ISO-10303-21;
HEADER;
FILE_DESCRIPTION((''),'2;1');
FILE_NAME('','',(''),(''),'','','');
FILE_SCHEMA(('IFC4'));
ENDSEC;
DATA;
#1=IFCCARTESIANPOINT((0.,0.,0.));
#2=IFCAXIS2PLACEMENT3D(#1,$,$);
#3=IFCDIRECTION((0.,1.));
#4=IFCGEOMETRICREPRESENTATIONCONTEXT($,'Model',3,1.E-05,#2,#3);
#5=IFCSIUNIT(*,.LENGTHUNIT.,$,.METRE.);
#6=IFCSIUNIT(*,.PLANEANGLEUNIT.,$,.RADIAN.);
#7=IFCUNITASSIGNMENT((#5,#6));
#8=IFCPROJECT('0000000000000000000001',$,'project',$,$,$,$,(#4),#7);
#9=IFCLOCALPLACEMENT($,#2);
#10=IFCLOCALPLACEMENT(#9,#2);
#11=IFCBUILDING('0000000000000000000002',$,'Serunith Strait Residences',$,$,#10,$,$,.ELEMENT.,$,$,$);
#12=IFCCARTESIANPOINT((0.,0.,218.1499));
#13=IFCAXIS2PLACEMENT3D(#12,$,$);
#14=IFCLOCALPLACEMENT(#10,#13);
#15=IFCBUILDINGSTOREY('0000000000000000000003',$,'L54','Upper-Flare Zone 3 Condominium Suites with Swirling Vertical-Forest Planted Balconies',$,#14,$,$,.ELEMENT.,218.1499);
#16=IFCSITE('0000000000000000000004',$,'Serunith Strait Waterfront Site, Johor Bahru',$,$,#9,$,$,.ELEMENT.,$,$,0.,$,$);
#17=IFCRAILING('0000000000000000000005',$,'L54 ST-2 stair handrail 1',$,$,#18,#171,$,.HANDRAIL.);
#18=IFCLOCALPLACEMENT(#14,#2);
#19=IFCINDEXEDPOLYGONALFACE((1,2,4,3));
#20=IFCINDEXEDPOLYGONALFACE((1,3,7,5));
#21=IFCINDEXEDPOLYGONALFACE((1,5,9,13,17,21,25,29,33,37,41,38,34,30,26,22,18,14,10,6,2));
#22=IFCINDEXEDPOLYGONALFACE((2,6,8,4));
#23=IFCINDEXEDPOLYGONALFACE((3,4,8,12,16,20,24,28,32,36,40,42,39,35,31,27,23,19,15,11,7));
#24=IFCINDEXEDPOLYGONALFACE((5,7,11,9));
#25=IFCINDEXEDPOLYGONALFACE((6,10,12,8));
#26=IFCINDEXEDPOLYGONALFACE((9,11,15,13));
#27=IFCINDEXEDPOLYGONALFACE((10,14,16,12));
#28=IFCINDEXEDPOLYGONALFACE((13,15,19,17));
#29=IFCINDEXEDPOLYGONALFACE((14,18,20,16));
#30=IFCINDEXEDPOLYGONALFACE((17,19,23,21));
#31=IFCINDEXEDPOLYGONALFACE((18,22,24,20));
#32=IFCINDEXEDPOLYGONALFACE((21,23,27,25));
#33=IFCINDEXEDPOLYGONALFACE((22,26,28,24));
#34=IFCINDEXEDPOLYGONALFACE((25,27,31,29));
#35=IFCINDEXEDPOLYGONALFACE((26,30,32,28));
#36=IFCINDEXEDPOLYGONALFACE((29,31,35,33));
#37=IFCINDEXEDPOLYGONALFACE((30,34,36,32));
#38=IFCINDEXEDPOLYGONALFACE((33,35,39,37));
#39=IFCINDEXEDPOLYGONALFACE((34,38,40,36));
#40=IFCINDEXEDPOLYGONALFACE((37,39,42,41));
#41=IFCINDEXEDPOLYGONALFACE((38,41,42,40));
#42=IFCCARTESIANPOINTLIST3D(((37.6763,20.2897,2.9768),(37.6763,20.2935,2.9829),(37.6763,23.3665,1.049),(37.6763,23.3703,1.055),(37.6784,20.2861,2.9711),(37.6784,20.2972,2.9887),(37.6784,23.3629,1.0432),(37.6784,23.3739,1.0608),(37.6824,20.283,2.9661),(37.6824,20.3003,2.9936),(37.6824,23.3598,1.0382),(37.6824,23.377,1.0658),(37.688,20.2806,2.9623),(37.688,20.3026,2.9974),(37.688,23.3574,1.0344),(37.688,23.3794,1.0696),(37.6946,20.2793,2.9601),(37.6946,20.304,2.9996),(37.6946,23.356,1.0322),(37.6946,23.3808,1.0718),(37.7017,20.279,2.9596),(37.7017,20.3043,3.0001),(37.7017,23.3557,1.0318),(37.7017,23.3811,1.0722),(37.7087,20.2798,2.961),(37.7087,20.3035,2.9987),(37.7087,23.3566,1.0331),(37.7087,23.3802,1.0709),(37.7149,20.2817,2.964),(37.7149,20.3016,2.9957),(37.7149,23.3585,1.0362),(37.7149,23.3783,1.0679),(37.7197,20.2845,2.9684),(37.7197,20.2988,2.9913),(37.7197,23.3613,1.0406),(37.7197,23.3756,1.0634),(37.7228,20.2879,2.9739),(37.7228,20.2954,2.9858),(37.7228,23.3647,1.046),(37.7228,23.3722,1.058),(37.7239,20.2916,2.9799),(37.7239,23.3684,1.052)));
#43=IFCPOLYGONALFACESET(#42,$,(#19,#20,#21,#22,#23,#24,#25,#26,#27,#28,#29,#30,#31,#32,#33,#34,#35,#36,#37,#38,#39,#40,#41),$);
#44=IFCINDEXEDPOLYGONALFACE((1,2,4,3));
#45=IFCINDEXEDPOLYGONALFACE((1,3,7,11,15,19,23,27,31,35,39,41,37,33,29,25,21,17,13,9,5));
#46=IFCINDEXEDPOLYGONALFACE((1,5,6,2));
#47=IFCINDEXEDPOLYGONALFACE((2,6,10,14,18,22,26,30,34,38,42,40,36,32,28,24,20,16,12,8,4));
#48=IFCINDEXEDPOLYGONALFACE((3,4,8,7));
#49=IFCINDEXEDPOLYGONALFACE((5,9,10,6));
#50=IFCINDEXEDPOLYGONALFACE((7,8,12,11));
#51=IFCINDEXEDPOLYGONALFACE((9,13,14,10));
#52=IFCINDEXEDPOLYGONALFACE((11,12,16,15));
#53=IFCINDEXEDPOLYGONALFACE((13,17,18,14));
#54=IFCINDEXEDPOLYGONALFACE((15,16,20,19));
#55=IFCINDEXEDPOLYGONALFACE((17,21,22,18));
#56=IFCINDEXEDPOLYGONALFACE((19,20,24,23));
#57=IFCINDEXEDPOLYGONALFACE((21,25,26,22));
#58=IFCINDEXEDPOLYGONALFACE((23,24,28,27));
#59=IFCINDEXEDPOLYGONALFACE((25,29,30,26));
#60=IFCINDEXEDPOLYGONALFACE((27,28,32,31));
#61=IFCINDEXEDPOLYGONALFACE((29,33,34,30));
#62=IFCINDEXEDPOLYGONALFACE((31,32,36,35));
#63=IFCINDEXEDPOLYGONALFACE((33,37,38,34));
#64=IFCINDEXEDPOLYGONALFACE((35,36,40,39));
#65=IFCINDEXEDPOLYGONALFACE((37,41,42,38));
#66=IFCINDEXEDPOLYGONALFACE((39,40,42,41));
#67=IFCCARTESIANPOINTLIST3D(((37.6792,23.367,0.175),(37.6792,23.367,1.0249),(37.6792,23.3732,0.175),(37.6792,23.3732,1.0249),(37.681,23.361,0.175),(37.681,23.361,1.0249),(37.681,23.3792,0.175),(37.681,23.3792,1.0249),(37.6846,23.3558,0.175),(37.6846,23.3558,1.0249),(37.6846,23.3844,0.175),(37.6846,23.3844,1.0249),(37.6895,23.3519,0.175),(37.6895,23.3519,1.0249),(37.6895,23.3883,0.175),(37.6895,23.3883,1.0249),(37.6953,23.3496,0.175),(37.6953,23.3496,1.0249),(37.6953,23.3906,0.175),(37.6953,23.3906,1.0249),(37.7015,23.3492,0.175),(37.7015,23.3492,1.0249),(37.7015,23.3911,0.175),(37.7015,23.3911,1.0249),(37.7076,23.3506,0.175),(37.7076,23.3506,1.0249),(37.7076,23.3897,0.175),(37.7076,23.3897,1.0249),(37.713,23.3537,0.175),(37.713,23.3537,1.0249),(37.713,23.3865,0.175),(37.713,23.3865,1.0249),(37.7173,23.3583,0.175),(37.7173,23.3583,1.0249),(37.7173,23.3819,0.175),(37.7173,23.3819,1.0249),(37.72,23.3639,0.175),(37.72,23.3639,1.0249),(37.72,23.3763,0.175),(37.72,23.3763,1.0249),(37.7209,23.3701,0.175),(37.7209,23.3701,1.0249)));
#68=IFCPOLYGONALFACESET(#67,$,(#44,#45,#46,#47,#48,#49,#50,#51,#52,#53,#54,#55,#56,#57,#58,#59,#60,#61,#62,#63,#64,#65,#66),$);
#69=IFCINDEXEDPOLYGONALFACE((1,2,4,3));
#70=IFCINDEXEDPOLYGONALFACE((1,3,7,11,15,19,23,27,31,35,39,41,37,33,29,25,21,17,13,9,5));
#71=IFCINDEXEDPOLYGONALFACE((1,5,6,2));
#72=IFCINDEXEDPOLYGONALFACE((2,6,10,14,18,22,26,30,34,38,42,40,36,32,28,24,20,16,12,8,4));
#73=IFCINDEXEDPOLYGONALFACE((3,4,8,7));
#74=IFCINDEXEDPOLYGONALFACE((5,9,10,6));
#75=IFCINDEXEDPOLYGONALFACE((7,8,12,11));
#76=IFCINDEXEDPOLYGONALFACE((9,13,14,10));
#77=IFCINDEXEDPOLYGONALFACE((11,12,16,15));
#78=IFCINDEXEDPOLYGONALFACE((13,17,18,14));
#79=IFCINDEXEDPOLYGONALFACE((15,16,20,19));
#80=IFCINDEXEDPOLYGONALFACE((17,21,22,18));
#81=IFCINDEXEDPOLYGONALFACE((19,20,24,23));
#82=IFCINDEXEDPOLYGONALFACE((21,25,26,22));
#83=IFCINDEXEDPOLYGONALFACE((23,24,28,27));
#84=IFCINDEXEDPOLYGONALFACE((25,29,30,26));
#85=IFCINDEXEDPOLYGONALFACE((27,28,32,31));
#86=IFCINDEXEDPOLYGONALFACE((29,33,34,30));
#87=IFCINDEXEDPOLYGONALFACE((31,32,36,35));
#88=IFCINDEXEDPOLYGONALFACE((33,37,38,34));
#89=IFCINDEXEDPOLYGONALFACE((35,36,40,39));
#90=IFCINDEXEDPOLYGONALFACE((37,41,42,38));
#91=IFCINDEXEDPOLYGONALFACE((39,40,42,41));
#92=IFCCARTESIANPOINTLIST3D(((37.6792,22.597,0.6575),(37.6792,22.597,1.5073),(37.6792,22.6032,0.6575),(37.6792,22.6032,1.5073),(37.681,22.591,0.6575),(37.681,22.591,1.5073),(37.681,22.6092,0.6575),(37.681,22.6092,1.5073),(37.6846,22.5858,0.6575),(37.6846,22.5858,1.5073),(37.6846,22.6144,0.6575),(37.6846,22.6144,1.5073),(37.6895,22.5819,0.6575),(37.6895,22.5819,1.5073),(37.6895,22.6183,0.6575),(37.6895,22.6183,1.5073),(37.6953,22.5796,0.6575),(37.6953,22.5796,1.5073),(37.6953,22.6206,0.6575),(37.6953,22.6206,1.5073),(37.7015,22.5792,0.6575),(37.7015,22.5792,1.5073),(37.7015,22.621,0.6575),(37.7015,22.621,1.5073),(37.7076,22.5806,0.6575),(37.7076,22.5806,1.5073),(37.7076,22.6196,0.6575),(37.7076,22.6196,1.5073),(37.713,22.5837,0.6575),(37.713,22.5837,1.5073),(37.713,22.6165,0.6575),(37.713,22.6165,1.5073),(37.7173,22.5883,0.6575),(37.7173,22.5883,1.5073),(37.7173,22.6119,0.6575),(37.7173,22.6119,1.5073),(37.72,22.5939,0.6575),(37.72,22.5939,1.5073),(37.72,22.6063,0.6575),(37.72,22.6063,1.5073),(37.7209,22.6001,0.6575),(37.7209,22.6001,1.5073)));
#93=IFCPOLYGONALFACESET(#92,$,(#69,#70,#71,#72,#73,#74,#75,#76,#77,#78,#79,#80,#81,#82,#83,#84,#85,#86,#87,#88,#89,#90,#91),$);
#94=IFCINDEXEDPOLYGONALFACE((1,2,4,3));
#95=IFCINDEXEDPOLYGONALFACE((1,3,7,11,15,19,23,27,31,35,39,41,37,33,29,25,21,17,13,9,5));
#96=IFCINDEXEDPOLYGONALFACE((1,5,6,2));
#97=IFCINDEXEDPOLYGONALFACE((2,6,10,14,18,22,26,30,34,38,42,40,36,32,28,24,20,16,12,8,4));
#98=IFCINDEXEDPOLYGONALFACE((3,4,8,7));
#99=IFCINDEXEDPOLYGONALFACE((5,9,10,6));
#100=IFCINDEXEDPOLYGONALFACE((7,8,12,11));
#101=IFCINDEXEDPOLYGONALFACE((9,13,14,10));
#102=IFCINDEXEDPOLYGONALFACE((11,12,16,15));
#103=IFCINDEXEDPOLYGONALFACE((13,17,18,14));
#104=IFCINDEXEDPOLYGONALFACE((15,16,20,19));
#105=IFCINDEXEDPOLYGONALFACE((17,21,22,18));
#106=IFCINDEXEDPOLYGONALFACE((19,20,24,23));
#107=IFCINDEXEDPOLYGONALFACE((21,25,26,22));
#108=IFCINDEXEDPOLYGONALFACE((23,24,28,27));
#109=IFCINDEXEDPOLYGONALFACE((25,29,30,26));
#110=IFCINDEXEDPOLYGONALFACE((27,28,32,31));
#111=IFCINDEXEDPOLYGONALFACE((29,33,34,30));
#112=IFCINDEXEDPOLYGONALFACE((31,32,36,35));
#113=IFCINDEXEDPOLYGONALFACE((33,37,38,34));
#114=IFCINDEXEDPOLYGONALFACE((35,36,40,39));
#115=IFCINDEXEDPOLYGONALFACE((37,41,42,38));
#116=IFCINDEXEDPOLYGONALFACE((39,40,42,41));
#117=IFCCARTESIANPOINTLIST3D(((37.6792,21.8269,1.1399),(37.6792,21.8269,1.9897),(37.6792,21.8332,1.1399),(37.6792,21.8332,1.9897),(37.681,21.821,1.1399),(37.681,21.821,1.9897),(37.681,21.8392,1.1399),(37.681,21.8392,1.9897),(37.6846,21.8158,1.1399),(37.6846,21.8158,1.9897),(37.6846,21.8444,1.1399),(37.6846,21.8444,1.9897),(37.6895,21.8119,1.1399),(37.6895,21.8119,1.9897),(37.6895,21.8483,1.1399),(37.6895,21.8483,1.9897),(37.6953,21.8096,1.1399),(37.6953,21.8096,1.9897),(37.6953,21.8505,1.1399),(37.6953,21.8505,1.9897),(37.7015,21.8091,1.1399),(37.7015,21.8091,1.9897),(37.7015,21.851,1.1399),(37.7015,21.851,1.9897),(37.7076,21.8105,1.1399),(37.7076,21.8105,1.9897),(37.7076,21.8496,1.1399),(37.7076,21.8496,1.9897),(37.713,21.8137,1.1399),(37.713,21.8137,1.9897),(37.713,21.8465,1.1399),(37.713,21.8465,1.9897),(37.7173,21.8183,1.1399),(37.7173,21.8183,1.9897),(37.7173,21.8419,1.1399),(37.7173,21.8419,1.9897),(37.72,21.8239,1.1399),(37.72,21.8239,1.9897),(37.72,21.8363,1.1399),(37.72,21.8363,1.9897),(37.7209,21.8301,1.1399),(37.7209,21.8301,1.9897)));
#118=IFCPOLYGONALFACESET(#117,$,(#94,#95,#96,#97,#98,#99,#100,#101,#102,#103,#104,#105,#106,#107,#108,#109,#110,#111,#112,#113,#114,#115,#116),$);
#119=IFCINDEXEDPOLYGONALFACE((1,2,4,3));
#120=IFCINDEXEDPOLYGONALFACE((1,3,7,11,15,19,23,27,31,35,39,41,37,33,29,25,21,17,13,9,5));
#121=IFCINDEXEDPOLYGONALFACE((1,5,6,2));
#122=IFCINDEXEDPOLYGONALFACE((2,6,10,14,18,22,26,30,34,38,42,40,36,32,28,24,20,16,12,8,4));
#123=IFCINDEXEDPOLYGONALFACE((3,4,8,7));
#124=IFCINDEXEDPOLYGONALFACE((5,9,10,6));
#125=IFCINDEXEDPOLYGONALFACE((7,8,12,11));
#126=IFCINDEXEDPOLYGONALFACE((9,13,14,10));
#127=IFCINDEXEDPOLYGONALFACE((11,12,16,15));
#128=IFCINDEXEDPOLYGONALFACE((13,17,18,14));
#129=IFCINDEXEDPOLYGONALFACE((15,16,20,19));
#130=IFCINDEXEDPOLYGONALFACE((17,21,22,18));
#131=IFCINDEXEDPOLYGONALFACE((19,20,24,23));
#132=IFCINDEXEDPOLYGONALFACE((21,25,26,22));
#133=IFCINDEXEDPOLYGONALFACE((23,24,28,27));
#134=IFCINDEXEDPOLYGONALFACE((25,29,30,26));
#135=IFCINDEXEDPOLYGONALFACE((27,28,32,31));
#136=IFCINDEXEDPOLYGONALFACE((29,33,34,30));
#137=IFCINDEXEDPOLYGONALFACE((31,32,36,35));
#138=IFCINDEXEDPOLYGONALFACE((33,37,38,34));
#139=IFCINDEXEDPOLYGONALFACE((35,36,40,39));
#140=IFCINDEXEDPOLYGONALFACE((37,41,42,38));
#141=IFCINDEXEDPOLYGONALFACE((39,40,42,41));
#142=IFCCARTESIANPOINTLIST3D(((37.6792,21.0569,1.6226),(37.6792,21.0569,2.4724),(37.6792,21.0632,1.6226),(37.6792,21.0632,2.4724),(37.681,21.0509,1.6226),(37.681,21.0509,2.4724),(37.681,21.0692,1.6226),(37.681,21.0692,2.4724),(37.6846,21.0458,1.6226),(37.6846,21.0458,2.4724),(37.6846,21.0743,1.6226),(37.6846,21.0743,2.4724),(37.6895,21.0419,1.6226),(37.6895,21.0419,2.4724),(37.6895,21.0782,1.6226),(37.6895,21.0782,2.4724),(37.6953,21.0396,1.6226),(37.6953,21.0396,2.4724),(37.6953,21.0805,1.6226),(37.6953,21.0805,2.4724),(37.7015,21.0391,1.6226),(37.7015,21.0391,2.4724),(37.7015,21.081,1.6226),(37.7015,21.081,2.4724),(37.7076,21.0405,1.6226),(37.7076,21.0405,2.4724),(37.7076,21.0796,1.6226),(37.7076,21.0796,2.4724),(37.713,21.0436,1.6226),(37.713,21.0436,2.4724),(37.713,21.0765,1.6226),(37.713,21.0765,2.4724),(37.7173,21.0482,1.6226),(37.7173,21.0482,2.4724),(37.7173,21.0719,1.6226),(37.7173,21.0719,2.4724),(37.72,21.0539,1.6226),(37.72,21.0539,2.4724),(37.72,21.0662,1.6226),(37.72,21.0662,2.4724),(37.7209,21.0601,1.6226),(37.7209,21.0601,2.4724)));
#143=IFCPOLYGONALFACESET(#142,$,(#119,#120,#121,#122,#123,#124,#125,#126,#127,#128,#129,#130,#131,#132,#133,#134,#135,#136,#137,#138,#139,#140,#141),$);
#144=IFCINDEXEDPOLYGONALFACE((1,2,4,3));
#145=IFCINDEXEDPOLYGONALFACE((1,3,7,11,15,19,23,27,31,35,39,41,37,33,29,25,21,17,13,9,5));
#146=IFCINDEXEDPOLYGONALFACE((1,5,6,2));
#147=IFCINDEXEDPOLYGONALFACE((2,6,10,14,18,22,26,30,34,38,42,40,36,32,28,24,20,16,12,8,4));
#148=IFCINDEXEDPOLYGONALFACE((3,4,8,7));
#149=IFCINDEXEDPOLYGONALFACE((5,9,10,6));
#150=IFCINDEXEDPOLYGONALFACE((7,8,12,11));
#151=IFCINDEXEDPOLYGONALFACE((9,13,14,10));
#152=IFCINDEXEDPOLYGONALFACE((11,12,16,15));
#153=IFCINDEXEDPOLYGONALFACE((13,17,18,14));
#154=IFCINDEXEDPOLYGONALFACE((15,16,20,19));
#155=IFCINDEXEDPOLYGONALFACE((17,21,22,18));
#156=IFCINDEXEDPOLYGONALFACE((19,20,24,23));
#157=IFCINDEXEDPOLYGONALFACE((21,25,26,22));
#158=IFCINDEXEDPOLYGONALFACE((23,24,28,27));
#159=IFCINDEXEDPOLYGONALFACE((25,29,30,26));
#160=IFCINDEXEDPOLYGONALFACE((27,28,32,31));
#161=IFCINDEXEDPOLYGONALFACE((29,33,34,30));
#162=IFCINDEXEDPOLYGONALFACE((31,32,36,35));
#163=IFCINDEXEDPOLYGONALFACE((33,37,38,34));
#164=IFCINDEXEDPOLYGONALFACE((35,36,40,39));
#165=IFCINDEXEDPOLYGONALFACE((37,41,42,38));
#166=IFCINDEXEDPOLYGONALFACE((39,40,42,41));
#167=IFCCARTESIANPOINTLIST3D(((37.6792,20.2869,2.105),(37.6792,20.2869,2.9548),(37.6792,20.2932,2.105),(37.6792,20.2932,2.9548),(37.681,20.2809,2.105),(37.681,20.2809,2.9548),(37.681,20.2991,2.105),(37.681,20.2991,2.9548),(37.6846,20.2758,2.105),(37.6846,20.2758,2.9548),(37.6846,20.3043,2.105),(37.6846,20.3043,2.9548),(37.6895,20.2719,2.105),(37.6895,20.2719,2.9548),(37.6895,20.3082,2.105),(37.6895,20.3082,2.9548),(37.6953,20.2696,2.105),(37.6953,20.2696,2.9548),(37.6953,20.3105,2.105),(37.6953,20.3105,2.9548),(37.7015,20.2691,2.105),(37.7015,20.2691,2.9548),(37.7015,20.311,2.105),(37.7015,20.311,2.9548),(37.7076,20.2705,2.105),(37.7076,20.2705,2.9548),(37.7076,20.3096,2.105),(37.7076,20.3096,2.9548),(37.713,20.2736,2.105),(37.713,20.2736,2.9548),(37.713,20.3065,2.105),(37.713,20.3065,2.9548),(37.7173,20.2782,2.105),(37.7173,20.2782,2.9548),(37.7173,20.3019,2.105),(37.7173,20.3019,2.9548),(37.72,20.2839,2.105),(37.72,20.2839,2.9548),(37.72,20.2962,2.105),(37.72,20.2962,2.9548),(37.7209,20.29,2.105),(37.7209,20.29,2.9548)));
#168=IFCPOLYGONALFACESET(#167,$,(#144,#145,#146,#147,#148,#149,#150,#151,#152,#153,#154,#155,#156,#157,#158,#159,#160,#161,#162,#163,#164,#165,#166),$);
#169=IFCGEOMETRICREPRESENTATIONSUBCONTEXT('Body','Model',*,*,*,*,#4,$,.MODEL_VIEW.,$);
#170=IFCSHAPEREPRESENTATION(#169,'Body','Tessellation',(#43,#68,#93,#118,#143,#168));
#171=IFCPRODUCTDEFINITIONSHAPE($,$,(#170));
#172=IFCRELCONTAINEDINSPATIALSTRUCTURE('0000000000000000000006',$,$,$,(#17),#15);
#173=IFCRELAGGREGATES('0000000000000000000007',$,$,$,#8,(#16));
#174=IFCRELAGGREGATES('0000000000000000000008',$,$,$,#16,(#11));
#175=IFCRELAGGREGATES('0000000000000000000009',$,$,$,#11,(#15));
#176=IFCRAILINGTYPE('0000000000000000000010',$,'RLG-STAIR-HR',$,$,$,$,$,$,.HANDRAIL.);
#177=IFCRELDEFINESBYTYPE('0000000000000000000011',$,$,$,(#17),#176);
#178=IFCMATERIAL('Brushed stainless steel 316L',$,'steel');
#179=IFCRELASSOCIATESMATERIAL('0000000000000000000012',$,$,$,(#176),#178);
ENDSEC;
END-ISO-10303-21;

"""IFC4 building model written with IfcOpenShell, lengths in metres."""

from ifc_helpers import new_model, si_unit, direction, frame, origin, origin_2d, place, context, subcontext, project, spatial, circle, extrude, material, type_object, element, save


model = new_model("IFC4")

# Units and contexts
model_context = context("Model", 3, precision=1e-05, world=origin(), true_north=direction((0.0, 1.0)))
body_context = subcontext(model_context, "Body", "Model", "MODEL_VIEW")
ifc_project = project(units=[si_unit("LENGTHUNIT", "METRE"), si_unit("PLANEANGLEUNIT", "RADIAN")], contexts=[model_context])

# Site, building, storey
site_placement = place(None, origin())
site = spatial("IfcSite", under=ifc_project, at=site_placement, Name="Serunith Strait Waterfront Site, Johor Bahru", CompositionType="ELEMENT", RefElevation=0.0)
building_placement = place(site_placement, origin())
building = spatial("IfcBuilding", under=site, at=building_placement, Name="Serunith Strait Residences", CompositionType="ELEMENT")
storey_placement = place(building_placement, frame((0.0, 0.0, 218.1499)))
storey = spatial("IfcBuildingStorey", under=building, at=storey_placement, Name="L54", Description="Upper-Flare Zone 3 Condominium Suites with Swirling Vertical-Forest Planted Balconies", CompositionType="ELEMENT", Elevation=218.1499)

# Railing
ifc_material_1 = material(Name="Brushed stainless steel 316L", Category="steel")
railing_type_1 = type_object("IfcRailingType", Name="RLG-STAIR-HR", PredefinedType="HANDRAIL", material=ifc_material_1)
railing_1_placement = place(storey_placement, frame((37.7, 23.3701, 0.175)))
element("IfcRailing", 1, at=railing_1_placement, inside=storey, type_object=railing_type_1, Name="L54 ST-2 stair handrail 1", PredefinedType="HANDRAIL", context=body_context, shape_type="SweptSolid", body=[
    extrude(circle(Radius=0.0239, at=origin_2d()), frame((0.0, -0.0017, 0.877), z_axis=(0.0, -0.847394, 0.530965), x_axis=(1.0, 0.0, 0.0)), (0.0, 0.0, 1.0), 3.6309),
    extrude(circle(Radius=0.021, at=origin_2d()), origin(), (0.0, 0.0, 1.0), 0.8499),
    extrude(circle(Radius=0.021, at=origin_2d()), frame((0.0, -0.77, 0.4824)), (0.0, 0.0, 1.0), 0.8499),
    extrude(circle(Radius=0.021, at=origin_2d()), frame((0.0, -1.54, 0.9648)), (0.0, 0.0, 1.0), 0.8499),
    extrude(circle(Radius=0.021, at=origin_2d()), frame((0.0, -2.3101, 1.4475)), (0.0, 0.0, 1.0), 0.8499),
    extrude(circle(Radius=0.021, at=origin_2d()), frame((0.0, -3.0801, 1.9299)), (0.0, 0.0, 1.0), 0.8499),
])

save(model, "model.ifc")
